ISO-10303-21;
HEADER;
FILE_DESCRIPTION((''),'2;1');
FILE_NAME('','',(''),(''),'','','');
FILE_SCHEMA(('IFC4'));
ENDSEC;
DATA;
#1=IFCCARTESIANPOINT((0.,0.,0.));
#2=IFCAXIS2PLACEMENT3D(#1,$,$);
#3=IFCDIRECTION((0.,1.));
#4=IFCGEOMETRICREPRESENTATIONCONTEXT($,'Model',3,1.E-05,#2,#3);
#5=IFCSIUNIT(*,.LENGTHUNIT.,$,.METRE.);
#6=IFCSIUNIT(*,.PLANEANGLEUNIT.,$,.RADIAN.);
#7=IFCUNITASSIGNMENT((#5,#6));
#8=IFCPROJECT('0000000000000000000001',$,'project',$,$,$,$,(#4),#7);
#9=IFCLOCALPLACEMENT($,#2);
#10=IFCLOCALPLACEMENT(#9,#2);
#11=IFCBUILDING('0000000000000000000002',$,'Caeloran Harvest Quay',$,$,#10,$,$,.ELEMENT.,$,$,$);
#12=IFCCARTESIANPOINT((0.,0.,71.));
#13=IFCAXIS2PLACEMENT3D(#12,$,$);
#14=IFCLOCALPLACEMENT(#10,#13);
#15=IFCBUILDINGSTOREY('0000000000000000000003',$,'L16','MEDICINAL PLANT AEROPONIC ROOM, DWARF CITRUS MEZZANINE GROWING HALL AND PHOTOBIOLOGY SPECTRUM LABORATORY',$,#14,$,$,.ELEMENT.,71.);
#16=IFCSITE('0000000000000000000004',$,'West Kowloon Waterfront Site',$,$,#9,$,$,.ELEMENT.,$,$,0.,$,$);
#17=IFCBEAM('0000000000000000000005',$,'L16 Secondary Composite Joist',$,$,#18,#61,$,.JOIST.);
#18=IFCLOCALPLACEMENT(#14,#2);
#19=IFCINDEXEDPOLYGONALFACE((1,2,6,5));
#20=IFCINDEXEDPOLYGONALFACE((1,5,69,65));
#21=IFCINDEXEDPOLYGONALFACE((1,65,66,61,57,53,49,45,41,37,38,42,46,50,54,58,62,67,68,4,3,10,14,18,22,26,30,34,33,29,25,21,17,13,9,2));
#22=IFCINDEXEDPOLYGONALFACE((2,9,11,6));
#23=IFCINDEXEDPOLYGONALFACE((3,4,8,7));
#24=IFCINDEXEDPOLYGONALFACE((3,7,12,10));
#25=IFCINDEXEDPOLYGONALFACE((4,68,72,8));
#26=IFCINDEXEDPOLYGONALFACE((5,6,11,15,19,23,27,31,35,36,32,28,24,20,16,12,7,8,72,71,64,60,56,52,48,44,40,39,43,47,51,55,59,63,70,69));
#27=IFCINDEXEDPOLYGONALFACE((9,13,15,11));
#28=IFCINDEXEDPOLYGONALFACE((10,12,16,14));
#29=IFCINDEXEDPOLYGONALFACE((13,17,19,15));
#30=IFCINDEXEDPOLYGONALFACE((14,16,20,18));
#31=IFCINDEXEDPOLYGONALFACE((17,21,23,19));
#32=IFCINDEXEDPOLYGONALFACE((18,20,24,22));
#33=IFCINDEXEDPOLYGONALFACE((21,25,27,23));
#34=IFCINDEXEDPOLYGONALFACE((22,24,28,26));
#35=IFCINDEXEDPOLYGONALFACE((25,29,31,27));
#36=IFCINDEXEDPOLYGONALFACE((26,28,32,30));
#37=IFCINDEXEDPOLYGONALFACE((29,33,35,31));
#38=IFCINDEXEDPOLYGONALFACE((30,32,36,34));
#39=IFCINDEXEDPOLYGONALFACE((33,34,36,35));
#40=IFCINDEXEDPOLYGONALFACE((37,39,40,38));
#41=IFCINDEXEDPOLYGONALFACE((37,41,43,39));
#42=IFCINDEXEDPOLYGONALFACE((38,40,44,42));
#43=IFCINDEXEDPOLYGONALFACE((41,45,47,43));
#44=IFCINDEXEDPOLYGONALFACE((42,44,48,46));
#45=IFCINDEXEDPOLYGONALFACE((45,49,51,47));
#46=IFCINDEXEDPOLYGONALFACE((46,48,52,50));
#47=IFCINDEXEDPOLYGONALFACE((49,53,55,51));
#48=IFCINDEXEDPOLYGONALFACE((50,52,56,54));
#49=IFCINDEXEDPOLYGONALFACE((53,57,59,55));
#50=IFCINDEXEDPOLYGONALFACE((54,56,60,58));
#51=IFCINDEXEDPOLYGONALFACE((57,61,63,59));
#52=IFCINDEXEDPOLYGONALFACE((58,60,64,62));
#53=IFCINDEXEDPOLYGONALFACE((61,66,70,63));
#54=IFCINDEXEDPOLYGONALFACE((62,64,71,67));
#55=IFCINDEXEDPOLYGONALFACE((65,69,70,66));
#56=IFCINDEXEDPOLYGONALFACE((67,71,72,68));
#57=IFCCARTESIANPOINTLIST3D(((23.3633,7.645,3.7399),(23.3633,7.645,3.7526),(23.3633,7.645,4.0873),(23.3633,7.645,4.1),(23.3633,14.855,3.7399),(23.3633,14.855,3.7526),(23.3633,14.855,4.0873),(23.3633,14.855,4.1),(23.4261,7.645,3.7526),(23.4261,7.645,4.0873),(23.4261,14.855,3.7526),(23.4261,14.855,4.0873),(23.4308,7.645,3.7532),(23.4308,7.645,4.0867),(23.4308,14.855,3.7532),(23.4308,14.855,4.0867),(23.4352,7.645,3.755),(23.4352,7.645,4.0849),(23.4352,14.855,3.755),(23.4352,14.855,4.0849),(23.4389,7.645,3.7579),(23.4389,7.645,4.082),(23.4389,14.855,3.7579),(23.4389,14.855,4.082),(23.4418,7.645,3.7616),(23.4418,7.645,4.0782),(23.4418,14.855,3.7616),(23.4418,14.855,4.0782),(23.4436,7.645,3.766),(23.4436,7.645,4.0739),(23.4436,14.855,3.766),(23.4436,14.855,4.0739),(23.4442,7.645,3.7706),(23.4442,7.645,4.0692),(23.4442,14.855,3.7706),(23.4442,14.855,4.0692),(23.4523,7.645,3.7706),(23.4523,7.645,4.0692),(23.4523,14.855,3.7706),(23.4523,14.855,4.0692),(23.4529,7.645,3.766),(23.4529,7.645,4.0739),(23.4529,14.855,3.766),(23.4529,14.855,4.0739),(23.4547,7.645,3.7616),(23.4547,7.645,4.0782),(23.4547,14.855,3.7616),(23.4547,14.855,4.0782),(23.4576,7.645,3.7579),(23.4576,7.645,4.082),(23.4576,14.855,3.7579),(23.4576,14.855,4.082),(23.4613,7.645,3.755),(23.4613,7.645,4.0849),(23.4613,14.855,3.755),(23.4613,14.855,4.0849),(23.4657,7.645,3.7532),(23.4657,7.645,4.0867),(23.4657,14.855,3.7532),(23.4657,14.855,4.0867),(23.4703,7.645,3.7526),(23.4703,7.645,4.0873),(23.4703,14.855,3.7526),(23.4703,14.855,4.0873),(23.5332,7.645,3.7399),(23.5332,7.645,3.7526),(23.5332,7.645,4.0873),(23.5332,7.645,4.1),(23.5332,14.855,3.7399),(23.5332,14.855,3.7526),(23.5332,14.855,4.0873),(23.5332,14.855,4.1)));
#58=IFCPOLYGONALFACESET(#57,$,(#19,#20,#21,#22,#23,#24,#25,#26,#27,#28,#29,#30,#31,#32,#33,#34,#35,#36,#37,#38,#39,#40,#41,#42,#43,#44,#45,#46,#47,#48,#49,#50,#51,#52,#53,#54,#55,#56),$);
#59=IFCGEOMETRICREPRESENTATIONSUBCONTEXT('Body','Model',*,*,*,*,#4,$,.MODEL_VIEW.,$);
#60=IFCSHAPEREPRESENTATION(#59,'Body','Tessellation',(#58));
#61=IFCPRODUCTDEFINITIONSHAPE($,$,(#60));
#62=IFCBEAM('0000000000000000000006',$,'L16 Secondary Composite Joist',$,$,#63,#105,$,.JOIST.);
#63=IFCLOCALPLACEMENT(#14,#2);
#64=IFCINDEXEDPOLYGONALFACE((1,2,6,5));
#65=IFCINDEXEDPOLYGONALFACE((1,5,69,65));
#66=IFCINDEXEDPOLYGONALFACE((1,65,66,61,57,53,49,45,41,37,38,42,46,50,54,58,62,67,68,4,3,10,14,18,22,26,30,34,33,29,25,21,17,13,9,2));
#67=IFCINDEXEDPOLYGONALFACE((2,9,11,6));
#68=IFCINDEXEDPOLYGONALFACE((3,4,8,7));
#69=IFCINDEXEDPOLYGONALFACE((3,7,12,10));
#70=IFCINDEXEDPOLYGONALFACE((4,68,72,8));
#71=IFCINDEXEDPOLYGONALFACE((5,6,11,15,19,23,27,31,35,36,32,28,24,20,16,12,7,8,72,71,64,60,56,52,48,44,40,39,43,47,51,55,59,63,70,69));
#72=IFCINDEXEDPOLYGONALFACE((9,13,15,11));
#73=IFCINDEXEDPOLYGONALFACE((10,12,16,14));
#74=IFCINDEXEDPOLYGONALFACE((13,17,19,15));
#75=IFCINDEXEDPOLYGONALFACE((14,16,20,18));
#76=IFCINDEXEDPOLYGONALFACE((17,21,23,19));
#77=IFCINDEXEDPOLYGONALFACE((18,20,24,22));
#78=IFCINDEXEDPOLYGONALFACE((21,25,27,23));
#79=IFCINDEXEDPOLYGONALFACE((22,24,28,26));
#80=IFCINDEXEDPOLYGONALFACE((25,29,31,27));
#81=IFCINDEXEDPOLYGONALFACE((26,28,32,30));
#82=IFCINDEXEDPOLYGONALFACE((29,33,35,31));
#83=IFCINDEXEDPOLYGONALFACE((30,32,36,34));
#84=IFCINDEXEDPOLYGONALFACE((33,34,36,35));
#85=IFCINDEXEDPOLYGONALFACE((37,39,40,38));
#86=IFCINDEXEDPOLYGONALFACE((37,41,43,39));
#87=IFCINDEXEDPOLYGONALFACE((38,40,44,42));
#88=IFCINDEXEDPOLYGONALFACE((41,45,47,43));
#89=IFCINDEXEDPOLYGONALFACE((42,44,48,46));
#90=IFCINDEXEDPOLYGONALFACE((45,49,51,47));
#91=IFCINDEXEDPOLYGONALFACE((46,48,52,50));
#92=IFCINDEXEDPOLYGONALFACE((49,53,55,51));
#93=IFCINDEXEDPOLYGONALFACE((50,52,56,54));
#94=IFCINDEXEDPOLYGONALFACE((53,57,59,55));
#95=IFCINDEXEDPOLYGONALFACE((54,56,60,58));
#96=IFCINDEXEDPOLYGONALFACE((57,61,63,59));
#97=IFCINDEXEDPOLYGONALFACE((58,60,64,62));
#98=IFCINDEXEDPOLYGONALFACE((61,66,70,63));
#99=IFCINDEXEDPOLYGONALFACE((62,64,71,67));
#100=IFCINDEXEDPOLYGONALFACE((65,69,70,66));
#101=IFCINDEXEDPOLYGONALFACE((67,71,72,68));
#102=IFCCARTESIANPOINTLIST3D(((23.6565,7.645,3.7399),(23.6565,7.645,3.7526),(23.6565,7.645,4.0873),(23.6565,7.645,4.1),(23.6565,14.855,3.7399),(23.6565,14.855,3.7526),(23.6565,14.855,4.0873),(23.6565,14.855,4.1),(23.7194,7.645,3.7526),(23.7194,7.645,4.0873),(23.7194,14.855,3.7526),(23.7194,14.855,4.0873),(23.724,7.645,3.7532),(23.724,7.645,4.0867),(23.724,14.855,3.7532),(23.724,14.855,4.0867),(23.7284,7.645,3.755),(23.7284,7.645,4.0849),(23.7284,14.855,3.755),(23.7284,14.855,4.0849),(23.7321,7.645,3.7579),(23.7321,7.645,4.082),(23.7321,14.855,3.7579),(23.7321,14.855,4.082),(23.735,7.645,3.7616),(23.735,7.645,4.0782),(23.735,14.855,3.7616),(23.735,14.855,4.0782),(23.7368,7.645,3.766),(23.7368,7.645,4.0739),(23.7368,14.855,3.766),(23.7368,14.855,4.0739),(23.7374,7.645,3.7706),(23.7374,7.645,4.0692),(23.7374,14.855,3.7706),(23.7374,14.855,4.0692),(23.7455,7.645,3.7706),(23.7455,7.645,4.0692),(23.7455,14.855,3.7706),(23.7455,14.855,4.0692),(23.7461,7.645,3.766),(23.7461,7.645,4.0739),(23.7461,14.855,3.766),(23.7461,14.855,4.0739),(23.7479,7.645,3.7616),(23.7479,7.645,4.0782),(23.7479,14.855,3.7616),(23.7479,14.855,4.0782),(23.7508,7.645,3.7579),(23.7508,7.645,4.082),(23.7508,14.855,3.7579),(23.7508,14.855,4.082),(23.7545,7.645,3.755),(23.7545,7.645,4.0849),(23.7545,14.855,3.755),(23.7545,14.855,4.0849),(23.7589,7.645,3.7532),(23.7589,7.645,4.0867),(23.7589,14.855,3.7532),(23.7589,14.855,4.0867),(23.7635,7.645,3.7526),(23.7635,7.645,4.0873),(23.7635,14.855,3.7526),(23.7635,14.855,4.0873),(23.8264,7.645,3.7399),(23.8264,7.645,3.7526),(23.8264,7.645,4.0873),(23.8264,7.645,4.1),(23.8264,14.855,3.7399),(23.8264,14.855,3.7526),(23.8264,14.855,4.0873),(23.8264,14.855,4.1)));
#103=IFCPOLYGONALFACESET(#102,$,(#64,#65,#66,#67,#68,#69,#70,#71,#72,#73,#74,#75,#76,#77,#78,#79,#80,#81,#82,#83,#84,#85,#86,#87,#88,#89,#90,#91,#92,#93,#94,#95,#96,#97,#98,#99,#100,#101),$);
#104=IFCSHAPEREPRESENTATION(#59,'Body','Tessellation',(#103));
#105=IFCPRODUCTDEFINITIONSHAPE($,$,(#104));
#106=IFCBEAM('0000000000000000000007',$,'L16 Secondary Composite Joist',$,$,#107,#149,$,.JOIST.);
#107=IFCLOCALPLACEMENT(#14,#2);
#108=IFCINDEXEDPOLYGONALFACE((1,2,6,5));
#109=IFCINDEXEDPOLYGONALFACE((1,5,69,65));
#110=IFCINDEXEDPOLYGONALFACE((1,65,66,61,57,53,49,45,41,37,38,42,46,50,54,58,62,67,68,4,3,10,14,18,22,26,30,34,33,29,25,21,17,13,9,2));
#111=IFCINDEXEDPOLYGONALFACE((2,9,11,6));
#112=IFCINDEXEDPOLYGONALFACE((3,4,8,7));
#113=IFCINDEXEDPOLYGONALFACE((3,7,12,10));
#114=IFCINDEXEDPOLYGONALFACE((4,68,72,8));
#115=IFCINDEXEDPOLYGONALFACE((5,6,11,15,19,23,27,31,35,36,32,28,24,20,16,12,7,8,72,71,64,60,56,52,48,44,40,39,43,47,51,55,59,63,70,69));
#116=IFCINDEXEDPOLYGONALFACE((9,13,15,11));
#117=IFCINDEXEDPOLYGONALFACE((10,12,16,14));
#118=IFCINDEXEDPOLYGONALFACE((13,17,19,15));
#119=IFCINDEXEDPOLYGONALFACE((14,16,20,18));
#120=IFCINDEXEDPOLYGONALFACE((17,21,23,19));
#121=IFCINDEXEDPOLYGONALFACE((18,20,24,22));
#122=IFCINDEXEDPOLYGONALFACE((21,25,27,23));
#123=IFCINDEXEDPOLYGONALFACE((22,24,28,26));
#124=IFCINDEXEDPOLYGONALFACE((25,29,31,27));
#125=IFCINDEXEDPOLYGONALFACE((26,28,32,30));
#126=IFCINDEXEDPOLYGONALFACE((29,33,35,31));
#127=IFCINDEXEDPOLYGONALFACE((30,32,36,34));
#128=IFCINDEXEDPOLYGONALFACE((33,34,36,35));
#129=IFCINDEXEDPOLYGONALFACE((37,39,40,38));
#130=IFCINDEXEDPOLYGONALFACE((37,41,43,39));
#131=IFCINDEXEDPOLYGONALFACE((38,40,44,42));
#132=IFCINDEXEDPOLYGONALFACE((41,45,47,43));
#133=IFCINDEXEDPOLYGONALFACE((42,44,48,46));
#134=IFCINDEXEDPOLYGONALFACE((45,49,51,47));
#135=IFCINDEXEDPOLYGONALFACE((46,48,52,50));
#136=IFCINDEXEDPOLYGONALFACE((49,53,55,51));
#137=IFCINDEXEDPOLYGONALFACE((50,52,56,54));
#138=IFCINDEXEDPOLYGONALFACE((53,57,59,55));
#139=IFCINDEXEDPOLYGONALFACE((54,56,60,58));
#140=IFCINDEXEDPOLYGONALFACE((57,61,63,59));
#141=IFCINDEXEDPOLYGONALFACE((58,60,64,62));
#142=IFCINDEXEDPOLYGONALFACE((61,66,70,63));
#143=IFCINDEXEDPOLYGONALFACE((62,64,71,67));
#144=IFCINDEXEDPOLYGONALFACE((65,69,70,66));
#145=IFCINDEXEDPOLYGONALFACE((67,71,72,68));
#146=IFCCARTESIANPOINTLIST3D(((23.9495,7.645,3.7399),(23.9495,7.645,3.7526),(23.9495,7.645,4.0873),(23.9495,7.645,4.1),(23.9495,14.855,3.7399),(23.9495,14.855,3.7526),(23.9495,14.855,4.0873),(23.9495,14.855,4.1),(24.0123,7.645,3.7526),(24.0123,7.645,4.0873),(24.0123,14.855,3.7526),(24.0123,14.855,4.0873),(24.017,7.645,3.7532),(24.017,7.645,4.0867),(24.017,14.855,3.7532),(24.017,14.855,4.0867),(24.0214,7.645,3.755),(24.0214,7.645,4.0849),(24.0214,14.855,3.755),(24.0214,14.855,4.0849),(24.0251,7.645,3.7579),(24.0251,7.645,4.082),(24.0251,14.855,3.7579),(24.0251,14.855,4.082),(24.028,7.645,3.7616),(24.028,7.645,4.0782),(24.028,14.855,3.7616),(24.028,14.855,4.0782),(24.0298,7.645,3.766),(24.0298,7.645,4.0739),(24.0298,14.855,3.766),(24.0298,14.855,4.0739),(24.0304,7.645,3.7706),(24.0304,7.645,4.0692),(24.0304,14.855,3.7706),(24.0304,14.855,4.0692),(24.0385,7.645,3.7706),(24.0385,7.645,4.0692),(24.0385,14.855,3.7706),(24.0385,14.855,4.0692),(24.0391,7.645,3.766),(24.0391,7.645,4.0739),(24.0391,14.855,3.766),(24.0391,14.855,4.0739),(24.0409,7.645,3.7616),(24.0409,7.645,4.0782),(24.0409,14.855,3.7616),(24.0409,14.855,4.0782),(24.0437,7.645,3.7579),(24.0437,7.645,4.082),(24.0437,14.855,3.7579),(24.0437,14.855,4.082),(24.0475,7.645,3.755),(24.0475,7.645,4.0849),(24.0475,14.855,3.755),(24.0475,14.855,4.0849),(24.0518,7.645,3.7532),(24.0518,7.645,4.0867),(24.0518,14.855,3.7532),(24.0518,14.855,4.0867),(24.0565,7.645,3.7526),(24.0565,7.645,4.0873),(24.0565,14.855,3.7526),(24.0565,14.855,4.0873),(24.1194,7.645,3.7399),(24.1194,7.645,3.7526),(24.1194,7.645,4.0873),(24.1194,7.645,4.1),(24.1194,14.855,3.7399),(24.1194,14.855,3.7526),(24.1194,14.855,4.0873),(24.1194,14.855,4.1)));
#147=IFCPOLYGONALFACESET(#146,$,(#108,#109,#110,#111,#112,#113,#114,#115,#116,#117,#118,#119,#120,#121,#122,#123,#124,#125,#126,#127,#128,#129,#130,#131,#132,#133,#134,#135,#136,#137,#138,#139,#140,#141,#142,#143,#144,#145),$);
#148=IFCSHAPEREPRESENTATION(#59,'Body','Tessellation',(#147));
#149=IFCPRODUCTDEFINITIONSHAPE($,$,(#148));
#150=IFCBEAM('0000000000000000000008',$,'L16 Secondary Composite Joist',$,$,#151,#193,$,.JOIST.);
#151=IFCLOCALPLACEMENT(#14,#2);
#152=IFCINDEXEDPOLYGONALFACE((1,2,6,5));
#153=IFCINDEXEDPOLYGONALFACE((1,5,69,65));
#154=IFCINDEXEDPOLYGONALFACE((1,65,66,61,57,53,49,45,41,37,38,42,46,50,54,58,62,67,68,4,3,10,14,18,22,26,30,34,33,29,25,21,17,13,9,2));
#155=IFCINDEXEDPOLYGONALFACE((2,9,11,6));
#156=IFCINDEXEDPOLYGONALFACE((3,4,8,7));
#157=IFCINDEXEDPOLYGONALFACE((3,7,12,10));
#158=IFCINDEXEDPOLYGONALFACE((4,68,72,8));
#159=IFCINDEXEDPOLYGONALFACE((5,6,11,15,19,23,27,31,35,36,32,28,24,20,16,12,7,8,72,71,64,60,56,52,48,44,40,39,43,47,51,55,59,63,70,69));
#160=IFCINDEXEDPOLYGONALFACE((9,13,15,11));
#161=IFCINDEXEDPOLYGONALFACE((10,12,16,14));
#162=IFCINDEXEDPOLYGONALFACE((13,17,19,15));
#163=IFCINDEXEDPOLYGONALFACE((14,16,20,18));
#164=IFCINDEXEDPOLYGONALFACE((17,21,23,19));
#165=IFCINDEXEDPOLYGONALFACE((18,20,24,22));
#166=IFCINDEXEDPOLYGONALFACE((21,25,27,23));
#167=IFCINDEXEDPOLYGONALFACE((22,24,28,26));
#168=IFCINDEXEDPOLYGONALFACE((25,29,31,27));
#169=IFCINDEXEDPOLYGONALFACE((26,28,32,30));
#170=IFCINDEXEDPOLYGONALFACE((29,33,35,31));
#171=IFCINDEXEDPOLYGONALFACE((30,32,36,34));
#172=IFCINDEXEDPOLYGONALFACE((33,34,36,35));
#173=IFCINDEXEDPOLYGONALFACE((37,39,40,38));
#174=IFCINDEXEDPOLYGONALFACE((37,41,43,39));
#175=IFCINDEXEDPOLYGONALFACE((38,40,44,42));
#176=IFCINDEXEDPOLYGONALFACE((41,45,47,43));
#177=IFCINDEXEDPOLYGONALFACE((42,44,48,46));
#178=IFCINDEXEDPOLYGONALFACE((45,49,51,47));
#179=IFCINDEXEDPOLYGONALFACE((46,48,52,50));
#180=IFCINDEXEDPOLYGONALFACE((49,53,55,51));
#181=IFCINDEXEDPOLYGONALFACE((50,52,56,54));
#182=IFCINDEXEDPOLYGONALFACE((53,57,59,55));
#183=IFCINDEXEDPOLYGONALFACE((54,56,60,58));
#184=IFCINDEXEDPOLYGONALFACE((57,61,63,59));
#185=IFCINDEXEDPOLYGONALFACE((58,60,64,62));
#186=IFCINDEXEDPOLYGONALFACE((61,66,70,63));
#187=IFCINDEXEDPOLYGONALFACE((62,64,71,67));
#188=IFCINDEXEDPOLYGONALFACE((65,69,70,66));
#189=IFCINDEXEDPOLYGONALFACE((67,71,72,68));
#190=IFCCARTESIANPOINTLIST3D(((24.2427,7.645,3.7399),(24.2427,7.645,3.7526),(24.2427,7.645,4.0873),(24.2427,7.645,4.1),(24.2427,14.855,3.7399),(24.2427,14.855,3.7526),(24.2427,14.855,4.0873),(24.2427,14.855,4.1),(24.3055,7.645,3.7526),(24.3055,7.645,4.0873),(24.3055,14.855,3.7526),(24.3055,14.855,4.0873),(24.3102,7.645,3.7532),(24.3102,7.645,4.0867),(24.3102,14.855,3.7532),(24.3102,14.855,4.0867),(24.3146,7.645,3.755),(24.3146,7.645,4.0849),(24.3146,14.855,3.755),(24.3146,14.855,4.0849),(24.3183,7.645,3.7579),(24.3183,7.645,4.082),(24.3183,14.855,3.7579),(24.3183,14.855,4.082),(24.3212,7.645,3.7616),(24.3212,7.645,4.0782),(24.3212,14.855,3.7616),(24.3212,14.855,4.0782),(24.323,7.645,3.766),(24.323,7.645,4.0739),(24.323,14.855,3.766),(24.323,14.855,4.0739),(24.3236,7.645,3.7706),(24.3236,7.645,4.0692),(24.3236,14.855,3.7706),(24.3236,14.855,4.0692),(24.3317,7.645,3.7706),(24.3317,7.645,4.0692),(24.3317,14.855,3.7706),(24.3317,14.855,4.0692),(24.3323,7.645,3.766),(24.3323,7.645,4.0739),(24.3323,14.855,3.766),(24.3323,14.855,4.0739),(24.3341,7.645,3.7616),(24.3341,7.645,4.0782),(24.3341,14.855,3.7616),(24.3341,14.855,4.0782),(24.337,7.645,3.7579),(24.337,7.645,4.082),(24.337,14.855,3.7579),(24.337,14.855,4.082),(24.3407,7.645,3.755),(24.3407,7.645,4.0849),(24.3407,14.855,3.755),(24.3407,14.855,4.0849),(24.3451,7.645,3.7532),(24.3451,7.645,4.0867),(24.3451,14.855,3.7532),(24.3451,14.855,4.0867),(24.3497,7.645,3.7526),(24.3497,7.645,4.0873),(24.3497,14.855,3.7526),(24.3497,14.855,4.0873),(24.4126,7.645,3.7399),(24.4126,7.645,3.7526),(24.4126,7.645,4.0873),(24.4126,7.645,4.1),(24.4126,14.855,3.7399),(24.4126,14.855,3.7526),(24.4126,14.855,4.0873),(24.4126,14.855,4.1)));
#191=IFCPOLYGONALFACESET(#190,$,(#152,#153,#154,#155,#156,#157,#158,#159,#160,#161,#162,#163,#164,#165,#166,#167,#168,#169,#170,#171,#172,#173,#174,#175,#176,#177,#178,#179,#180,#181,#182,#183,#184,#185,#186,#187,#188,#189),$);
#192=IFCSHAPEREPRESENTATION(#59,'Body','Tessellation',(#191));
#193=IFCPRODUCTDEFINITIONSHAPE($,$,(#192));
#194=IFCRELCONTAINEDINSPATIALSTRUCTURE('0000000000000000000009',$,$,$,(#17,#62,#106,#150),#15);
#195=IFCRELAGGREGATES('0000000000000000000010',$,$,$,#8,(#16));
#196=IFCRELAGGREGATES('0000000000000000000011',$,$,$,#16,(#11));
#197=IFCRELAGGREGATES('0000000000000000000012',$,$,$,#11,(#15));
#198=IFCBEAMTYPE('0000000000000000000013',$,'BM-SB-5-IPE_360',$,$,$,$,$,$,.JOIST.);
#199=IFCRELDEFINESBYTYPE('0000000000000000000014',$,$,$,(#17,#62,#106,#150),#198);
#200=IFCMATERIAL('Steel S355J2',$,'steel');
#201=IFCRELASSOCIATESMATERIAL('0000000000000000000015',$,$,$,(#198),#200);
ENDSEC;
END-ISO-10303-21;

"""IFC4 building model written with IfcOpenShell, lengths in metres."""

from ifc_helpers import new_model, si_unit, direction, frame, origin, origin_2d, place, context, subcontext, project, spatial, i_section, extrude, material, material_profile, profile_set, type_object, element, save


model = new_model("IFC4")

# Units and contexts
model_context = context("Model", 3, precision=1e-05, world=origin(), true_north=direction((0.0, 1.0)))
body_context = subcontext(model_context, "Body", "Model", "MODEL_VIEW")
ifc_project = project(units=[si_unit("LENGTHUNIT", "METRE"), si_unit("PLANEANGLEUNIT", "RADIAN")], contexts=[model_context])

# Site, building, storey
site_placement = place(None, origin())
site = spatial("IfcSite", under=ifc_project, at=site_placement, Name="West Kowloon Waterfront Site", CompositionType="ELEMENT", RefElevation=0.0)
building_placement = place(site_placement, origin())
building = spatial("IfcBuilding", under=site, at=building_placement, Name="Caeloran Harvest Quay", CompositionType="ELEMENT")
storey_placement = place(building_placement, frame((0.0, 0.0, 71.0)))
storey = spatial("IfcBuildingStorey", under=building, at=storey_placement, Name="L16", Description="MEDICINAL PLANT AEROPONIC ROOM, DWARF CITRUS MEZZANINE GROWING HALL AND PHOTOBIOLOGY SPECTRUM LABORATORY", CompositionType="ELEMENT", Elevation=71.0)

# Beams
ifc_material_1 = material(Name="Steel S355J2", Category="steel")
ifc_material_profile_1 = material_profile(ifc_material_1, i_section(OverallWidth=0.1699, OverallDepth=0.3601, WebThickness=0.0081, FlangeThickness=0.0127, FilletRadius=0.0181, at=origin_2d()), Name="IPE 360")
ifc_profile_set_1 = profile_set([ifc_material_profile_1], Name="Steel S355J2")
beam_type_1 = type_object("IfcBeamType", Name="BM-SB-5-IPE_360", PredefinedType="JOIST", material=ifc_profile_set_1)
for number, where, z_axis, x_axis, name in (
    (1, (23.4482, 7.645, 3.9199), (0.0, 1.0, 0.0), (-1.0, 0.0, 0.0), "L16 Secondary Composite Joist"),
    (2, (23.7415, 7.645, 3.9199), (0.0, 1.0, 0.0), (-1.0, 0.0, 0.0), "L16 Secondary Composite Joist"),
    (3, (24.0344, 7.645, 3.9199), (0.0, 1.0, 0.0), (-1.0, 0.0, 0.0), "L16 Secondary Composite Joist"),
    (4, (24.3276, 7.645, 3.9199), (0.0, 1.0, 0.0), (-1.0, 0.0, 0.0), "L16 Secondary Composite Joist"),
):
    element("IfcBeam", number, at=place(storey_placement, frame(where, z_axis=z_axis, x_axis=x_axis)), inside=storey, type_object=beam_type_1, Name=name, PredefinedType="JOIST", context=body_context, shape_type="SweptSolid", body=[
        extrude(i_section(OverallWidth=0.1699, OverallDepth=0.3601, WebThickness=0.0081, FlangeThickness=0.0127, FilletRadius=0.0181, at=origin_2d()), origin(), (0.0, 0.0, 1.0), 7.21),
    ])

save(model, "model.ifc")
